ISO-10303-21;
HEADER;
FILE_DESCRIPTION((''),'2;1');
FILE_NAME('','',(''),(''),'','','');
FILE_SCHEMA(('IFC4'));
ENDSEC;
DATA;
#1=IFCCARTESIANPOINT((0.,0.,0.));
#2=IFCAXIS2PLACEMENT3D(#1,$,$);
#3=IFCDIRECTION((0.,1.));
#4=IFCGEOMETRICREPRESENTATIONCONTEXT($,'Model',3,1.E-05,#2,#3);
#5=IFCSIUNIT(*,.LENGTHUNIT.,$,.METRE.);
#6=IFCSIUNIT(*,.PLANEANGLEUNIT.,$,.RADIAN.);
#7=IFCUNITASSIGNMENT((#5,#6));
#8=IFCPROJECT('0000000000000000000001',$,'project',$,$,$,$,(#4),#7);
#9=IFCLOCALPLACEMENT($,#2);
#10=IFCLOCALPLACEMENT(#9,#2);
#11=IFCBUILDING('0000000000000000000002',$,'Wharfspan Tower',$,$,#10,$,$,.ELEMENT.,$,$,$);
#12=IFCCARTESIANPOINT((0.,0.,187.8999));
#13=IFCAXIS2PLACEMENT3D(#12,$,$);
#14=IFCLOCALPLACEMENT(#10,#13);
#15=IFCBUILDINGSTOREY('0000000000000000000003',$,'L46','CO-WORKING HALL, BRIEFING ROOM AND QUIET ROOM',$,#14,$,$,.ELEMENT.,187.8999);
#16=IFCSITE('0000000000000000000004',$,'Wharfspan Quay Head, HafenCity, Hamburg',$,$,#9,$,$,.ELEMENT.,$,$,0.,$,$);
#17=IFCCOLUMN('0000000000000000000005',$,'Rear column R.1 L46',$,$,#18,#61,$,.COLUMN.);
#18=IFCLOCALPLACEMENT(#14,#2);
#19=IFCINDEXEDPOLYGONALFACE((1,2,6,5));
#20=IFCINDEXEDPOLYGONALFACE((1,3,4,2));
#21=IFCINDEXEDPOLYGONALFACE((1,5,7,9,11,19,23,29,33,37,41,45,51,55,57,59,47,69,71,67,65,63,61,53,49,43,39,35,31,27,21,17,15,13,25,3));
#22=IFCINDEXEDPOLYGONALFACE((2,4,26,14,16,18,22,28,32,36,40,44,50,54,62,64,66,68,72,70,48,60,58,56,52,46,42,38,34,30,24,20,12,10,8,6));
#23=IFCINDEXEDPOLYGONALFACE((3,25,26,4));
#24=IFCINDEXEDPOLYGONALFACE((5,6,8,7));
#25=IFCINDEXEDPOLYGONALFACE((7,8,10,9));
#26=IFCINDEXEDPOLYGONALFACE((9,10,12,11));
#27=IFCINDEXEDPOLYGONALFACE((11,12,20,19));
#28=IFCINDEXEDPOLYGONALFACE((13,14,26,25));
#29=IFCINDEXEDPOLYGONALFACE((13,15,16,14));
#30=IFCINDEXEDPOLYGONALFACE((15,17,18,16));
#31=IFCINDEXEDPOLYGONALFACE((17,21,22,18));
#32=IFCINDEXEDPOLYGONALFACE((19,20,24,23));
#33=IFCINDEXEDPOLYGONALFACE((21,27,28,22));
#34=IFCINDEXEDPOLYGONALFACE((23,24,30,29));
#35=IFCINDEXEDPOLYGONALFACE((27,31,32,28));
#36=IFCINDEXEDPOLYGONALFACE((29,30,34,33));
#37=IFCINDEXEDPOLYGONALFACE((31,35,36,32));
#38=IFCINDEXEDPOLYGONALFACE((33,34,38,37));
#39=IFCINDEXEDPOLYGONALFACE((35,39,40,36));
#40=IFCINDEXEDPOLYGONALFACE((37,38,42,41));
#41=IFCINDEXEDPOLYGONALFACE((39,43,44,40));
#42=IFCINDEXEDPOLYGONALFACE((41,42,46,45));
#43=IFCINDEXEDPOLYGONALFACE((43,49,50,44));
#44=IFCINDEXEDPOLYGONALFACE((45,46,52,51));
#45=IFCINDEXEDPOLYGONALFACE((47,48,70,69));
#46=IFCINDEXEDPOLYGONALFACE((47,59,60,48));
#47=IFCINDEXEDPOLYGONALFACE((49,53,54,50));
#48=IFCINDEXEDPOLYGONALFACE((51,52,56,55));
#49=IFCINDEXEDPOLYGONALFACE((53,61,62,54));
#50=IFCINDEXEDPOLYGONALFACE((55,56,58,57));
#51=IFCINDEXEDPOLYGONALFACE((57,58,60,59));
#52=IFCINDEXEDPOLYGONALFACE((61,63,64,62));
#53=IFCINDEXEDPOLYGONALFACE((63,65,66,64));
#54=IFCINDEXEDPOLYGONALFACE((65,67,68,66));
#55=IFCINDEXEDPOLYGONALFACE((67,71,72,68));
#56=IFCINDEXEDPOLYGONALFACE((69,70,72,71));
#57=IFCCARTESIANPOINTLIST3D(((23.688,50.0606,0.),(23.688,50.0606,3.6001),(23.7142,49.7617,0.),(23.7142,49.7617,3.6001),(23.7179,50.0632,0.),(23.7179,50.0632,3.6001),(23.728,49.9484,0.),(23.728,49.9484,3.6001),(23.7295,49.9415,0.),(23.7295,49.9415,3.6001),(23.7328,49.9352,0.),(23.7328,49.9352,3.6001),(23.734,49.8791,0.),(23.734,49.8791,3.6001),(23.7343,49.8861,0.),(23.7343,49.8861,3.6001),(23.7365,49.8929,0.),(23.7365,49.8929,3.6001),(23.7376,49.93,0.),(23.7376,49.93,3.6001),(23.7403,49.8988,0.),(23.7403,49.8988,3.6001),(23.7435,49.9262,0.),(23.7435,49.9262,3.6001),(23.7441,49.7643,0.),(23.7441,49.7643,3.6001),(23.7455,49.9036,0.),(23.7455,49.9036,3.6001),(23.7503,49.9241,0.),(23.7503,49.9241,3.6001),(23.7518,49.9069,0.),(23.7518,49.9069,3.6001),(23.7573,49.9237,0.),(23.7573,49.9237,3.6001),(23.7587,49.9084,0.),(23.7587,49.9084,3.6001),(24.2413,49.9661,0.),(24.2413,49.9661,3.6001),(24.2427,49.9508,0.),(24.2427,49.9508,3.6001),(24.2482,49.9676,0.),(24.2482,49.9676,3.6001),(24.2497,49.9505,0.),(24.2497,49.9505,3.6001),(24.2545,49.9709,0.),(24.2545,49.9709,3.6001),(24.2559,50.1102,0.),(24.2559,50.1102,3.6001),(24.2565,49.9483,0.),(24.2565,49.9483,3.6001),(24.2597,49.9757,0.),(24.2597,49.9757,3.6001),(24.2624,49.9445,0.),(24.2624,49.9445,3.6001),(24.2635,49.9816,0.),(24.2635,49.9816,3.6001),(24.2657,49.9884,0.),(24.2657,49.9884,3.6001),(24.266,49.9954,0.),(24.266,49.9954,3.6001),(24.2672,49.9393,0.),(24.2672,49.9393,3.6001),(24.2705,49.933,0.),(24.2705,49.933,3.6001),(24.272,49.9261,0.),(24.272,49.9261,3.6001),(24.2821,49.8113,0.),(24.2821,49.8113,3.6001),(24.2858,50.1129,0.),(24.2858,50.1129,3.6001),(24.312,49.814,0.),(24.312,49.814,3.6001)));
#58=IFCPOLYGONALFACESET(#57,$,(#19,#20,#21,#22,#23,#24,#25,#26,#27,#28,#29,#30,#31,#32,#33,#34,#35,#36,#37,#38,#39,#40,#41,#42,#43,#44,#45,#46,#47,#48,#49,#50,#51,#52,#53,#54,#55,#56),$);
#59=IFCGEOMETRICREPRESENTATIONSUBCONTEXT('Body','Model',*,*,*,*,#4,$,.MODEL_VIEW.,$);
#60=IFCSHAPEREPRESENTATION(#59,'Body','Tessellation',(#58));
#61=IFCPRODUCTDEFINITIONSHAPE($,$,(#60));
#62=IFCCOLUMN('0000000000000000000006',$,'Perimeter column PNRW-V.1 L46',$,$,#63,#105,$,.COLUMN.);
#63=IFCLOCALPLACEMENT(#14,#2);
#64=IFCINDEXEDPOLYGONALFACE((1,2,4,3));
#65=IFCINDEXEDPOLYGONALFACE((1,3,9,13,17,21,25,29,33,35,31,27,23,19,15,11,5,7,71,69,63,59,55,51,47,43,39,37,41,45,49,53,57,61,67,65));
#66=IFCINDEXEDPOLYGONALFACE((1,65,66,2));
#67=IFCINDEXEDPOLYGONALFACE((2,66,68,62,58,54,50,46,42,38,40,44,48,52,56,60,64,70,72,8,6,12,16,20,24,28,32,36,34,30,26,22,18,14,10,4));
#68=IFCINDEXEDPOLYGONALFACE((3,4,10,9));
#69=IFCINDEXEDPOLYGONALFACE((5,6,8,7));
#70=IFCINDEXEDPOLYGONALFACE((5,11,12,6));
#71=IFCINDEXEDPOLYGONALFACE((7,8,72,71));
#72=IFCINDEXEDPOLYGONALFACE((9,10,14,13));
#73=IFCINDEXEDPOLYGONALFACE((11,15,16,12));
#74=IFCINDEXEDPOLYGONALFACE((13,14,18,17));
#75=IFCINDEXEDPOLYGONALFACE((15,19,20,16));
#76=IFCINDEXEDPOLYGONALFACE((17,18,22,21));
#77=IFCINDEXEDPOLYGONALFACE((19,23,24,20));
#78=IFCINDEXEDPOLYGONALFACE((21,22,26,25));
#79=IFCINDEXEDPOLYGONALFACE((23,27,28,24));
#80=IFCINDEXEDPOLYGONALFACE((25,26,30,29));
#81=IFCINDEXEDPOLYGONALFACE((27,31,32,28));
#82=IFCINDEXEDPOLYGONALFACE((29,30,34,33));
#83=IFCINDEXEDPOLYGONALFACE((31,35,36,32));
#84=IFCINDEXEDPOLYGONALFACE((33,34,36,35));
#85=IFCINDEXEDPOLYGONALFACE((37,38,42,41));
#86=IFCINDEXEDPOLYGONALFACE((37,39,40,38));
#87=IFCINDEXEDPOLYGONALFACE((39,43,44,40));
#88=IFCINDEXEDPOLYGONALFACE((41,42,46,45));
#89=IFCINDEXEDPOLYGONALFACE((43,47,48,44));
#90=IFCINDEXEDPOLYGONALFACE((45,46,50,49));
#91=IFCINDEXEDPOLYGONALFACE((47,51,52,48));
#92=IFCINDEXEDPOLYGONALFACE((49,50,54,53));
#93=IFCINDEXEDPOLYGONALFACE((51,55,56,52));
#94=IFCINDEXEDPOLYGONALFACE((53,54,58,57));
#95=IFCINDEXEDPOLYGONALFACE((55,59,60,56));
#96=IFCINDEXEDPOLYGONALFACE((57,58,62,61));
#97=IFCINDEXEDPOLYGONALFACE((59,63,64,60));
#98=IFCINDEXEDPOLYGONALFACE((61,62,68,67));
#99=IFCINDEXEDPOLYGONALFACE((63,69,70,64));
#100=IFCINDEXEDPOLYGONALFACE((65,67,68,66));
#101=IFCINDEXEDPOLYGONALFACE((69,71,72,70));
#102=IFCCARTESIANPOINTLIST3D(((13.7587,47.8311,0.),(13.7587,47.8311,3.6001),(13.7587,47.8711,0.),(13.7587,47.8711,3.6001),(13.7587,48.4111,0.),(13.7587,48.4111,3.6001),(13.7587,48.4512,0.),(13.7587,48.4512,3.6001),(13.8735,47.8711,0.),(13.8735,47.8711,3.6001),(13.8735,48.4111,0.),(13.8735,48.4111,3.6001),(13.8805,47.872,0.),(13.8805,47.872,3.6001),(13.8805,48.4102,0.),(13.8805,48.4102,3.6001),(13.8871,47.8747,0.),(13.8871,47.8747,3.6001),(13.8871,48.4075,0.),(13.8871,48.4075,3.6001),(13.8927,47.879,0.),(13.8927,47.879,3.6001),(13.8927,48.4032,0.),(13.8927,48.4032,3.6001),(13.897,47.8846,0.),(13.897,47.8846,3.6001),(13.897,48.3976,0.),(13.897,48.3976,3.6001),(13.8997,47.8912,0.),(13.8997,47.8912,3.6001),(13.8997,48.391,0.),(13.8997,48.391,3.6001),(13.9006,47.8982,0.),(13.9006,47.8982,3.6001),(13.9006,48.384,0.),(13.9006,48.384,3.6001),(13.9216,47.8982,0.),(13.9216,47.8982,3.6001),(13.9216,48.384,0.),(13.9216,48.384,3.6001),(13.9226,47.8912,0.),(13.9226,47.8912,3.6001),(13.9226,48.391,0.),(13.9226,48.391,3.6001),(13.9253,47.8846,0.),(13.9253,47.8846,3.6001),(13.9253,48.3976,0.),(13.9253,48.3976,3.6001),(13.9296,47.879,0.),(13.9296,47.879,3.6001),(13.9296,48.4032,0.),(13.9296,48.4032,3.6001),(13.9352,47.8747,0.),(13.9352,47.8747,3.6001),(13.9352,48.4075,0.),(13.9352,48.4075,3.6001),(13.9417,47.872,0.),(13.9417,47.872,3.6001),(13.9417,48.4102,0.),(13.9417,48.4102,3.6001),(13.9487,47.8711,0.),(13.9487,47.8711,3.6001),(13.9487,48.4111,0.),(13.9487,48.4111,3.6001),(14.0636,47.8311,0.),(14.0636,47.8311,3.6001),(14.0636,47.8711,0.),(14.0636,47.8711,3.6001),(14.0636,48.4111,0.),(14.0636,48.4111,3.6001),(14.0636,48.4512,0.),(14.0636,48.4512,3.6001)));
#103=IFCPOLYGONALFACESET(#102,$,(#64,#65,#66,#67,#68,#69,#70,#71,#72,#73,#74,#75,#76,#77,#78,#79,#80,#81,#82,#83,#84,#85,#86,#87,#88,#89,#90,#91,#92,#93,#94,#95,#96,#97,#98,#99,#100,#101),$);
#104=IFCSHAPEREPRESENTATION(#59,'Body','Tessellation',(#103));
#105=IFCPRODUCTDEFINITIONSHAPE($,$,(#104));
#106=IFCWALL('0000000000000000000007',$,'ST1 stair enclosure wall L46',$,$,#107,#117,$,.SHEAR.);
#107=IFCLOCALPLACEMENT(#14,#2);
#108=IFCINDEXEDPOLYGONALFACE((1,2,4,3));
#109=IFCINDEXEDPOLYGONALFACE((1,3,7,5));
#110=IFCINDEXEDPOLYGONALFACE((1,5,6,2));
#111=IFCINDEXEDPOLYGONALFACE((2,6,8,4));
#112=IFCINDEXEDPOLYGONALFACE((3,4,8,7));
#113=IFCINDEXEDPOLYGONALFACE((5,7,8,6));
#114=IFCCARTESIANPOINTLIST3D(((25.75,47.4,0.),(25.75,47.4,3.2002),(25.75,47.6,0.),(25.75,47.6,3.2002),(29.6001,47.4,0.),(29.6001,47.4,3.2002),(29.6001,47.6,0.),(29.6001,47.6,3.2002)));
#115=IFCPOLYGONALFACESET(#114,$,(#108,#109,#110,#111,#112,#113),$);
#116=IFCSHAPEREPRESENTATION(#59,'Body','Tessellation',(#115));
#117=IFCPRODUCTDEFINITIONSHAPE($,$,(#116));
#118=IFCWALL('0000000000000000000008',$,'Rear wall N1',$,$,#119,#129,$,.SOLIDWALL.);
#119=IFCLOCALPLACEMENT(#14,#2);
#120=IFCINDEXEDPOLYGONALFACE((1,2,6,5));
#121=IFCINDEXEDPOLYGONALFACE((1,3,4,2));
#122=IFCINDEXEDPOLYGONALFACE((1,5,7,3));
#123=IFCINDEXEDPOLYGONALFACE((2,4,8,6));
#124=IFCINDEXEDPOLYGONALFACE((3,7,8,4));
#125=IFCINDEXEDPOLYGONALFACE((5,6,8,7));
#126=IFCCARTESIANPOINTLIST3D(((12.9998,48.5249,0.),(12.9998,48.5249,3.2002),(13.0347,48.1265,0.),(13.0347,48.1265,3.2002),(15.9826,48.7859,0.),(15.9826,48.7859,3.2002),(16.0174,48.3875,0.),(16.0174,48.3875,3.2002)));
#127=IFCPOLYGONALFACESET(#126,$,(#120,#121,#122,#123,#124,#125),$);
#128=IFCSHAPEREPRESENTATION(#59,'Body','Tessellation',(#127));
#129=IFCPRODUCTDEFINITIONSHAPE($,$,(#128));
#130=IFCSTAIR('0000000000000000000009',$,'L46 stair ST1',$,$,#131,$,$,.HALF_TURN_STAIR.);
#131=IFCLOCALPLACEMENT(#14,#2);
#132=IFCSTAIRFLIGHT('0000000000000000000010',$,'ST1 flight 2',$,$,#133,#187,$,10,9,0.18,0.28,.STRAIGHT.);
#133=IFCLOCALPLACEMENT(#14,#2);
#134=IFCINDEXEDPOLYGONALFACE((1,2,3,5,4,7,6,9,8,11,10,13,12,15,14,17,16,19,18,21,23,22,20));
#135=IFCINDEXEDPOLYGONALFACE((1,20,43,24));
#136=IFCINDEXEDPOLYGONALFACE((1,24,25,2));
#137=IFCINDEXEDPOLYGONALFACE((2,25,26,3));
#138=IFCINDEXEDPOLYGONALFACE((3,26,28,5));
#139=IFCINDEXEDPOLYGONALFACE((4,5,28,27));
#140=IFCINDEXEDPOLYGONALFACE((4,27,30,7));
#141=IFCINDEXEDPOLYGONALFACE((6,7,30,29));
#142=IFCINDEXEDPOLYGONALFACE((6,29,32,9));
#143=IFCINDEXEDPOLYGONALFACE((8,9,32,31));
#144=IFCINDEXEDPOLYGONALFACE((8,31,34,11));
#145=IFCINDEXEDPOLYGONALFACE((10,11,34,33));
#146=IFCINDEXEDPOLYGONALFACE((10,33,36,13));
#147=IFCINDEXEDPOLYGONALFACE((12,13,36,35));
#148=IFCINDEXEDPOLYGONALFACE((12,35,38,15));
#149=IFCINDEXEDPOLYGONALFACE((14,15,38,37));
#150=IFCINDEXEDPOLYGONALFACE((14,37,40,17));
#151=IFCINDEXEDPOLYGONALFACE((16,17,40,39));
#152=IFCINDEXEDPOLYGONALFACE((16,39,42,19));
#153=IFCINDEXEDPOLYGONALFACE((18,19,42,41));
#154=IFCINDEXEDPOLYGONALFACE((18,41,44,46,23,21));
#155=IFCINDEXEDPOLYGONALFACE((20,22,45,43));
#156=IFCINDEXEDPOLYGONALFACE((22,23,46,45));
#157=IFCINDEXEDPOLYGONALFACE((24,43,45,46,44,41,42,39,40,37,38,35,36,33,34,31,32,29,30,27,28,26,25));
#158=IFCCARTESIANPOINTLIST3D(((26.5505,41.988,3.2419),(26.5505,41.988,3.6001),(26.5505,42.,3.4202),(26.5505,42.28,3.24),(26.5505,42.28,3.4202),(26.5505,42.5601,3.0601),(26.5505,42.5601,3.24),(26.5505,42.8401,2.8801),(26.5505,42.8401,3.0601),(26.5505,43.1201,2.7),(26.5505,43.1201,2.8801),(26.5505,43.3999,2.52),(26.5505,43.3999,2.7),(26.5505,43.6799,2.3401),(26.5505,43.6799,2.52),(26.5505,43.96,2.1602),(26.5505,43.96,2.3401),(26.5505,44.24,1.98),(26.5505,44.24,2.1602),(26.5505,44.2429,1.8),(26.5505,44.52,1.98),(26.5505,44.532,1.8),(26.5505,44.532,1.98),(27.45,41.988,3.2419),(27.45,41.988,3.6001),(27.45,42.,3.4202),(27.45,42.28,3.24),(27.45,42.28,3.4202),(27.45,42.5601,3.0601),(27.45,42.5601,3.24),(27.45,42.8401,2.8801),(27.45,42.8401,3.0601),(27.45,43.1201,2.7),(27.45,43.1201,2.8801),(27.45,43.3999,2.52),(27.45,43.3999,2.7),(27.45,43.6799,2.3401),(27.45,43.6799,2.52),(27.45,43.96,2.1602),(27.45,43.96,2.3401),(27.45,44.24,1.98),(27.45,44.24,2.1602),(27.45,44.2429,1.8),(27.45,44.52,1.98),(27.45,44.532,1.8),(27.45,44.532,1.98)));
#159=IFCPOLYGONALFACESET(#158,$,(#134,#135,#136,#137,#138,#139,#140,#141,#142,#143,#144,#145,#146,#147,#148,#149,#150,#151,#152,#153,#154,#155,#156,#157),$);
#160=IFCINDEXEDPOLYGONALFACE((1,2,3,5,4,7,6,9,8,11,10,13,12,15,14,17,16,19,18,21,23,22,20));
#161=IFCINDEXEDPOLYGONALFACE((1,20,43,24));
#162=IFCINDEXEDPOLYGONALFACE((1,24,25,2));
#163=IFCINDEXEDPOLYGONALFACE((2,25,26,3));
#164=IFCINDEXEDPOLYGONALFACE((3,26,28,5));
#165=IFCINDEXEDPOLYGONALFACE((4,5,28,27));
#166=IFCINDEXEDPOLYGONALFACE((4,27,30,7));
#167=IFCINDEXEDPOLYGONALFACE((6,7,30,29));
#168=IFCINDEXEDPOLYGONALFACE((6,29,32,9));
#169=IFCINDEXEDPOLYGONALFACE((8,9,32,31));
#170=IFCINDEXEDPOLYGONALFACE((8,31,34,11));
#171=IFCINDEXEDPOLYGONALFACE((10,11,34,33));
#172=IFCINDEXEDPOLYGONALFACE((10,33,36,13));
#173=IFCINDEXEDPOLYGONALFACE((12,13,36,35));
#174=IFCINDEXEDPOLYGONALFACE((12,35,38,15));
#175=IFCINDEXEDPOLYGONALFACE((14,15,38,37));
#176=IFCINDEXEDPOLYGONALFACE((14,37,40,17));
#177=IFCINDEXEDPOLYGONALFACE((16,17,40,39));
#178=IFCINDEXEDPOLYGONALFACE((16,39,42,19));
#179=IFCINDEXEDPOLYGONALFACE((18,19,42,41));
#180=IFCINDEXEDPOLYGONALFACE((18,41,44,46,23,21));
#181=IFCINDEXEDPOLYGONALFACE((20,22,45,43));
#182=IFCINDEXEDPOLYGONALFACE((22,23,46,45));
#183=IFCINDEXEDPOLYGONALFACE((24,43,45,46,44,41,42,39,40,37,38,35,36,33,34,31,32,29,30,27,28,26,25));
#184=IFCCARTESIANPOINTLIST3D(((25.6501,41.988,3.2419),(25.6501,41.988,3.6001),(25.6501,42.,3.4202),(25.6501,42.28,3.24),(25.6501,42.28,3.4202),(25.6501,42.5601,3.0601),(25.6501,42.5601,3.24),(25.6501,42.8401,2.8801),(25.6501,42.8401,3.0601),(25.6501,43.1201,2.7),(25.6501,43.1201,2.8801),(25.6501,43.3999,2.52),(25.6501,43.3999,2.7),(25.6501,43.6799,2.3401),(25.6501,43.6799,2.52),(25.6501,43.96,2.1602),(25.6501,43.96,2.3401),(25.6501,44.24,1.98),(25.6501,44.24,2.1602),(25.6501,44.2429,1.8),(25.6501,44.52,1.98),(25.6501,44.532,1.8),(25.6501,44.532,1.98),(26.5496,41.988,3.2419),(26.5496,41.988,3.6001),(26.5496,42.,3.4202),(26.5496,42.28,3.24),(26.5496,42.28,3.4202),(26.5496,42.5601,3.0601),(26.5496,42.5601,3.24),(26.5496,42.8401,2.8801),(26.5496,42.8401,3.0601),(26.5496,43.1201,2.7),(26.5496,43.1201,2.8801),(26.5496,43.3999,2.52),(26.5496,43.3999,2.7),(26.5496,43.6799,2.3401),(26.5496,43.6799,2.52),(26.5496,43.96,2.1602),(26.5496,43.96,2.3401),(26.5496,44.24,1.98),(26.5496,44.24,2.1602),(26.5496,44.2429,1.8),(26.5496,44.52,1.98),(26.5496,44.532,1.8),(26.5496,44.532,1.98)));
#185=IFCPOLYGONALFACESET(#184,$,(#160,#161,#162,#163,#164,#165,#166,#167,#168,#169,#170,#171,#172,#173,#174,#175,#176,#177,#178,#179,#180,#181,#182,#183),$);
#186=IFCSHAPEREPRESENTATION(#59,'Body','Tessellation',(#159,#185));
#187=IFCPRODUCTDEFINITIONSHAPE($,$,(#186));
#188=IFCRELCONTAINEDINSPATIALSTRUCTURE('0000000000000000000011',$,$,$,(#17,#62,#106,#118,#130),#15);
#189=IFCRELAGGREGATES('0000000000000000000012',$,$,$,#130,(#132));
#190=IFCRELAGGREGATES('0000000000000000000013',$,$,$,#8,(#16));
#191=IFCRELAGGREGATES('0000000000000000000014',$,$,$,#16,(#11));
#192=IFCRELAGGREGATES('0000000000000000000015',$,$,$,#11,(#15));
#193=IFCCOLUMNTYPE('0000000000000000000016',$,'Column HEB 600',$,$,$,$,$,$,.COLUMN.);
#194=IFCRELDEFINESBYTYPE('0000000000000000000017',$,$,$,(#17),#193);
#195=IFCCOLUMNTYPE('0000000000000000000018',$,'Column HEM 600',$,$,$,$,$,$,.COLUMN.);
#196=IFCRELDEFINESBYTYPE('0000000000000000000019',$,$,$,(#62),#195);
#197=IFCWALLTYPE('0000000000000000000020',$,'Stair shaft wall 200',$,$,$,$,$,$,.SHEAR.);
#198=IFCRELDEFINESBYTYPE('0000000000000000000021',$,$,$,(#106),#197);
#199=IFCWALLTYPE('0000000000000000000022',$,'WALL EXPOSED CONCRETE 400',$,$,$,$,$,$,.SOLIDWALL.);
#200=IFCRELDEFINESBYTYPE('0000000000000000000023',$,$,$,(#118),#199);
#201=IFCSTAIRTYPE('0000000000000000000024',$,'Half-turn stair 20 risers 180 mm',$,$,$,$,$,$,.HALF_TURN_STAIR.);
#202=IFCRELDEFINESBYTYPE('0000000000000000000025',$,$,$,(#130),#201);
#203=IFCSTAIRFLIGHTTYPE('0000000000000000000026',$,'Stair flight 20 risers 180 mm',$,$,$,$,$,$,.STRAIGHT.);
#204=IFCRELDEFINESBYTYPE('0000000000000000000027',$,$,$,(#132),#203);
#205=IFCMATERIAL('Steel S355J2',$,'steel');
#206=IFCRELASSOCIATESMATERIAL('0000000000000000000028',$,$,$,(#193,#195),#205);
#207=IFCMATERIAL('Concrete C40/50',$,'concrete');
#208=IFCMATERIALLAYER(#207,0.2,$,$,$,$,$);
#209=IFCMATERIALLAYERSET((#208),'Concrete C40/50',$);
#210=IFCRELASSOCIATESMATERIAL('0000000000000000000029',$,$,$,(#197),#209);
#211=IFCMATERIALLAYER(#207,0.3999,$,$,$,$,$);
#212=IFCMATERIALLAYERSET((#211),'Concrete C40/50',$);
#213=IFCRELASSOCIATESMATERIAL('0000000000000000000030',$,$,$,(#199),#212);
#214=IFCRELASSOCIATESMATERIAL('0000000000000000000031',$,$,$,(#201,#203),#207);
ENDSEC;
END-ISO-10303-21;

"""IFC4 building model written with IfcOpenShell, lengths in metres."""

from ifc_helpers import new_model, si_unit, direction, frame, frame_2d, origin, origin_2d, place, context, subcontext, project, spatial, polyline, rectangle, i_section, outline, extrude, material, layer, layer_set, material_profile, profile_set, type_object, element, aggregate, save


model = new_model("IFC4")

# Units and contexts
model_context = context("Model", 3, precision=1e-05, world=origin(), true_north=direction((0.0, 1.0)))
body_context = subcontext(model_context, "Body", "Model", "MODEL_VIEW")
ifc_project = project(units=[si_unit("LENGTHUNIT", "METRE"), si_unit("PLANEANGLEUNIT", "RADIAN")], contexts=[model_context])

# Site, building, storey
site_placement = place(None, origin())
site = spatial("IfcSite", under=ifc_project, at=site_placement, Name="Wharfspan Quay Head, HafenCity, Hamburg", CompositionType="ELEMENT", RefElevation=0.0)
building_placement = place(site_placement, origin())
building = spatial("IfcBuilding", under=site, at=building_placement, Name="Wharfspan Tower", CompositionType="ELEMENT")
storey_placement = place(building_placement, frame((0.0, 0.0, 187.8999)))
storey = spatial("IfcBuildingStorey", under=building, at=storey_placement, Name="L46", Description="CO-WORKING HALL, BRIEFING ROOM AND QUIET ROOM", CompositionType="ELEMENT", Elevation=187.8999)

# Columns
ifc_material_1 = material(Name="Steel S355J2", Category="steel")
ifc_material_profile_1 = material_profile(ifc_material_1, i_section(OverallWidth=0.3, OverallDepth=0.6001, WebThickness=0.0154, FlangeThickness=0.03, FilletRadius=0.0271, at=origin_2d()))
ifc_profile_set_1 = profile_set([ifc_material_profile_1], Name="Steel S355J2")
column_type_1 = type_object("IfcColumnType", Name="Column HEB 600", PredefinedType="COLUMN", material=ifc_profile_set_1)
column_1_placement = place(storey_placement, frame((24.0, 49.9373, 0.0), z_axis=(0.0, 0.0, 1.0), x_axis=(-0.087156, 0.996198, 0.0)))
element("IfcColumn", 1, at=column_1_placement, inside=storey, type_object=column_type_1, Name="Rear column R.1 L46", PredefinedType="COLUMN", context=body_context, shape_type="SweptSolid", body=[
    extrude(i_section(OverallWidth=0.3, OverallDepth=0.6001, WebThickness=0.0154, FlangeThickness=0.03, FilletRadius=0.0271, at=origin_2d()), origin(), (0.0, 0.0, 1.0), 3.6001),
])
ifc_material_profile_2 = material_profile(ifc_material_1, i_section(OverallWidth=0.3049, OverallDepth=0.6201, WebThickness=0.021, FlangeThickness=0.04, FilletRadius=0.0271, at=origin_2d()))
ifc_profile_set_2 = profile_set([ifc_material_profile_2], Name="Steel S355J2")
column_type_2 = type_object("IfcColumnType", Name="Column HEM 600", PredefinedType="COLUMN", material=ifc_profile_set_2)
column_2_placement = place(storey_placement, frame((13.9111, 48.1411, 0.0), z_axis=(0.0, 0.0, 1.0), x_axis=(-1.0, 0.0, 0.0)))
element("IfcColumn", 2, at=column_2_placement, inside=storey, type_object=column_type_2, Name="Perimeter column PNRW-V.1 L46", PredefinedType="COLUMN", context=body_context, shape_type="SweptSolid", body=[
    extrude(i_section(OverallWidth=0.3049, OverallDepth=0.6201, WebThickness=0.021, FlangeThickness=0.04, FilletRadius=0.0271, at=origin_2d()), origin(), (0.0, 0.0, 1.0), 3.6001),
])

# Walls
ifc_material_2 = material(Name="Concrete C40/50", Category="concrete")
ifc_layer_1 = layer(ifc_material_2, 0.2)
ifc_layer_set_1 = layer_set([ifc_layer_1], Name="Concrete C40/50")
wall_type_1 = type_object("IfcWallType", Name="Stair shaft wall 200", PredefinedType="SHEAR", material=ifc_layer_set_1)
wall_1_placement = place(storey_placement, frame((25.75, 47.5, 0.0), z_axis=(0.0, 0.0, 1.0), x_axis=(1.0, 0.0, 0.0)))
element("IfcWall", 3, at=wall_1_placement, inside=storey, type_object=wall_type_1, Name="ST1 stair enclosure wall L46", PredefinedType="SHEAR", context=body_context, shape_type="SweptSolid", body=[
    extrude(rectangle(XDim=3.8501, YDim=0.2, at=frame_2d((1.925, 0.0))), origin(), (0.0, 0.0, 1.0), 3.2002),
])
ifc_layer_2 = layer(ifc_material_2, 0.3999)
ifc_layer_set_2 = layer_set([ifc_layer_2], Name="Concrete C40/50")
wall_type_2 = type_object("IfcWallType", Name="WALL EXPOSED CONCRETE 400", PredefinedType="SOLIDWALL", material=ifc_layer_set_2)
wall_2_placement = place(storey_placement, frame((16.0, 48.5867, 0.0), z_axis=(0.0, 0.0, 1.0), x_axis=(-0.996194, -0.087168, 0.0)))
element("IfcWall", 4, at=wall_2_placement, inside=storey, type_object=wall_type_2, Name="Rear wall N1", PredefinedType="SOLIDWALL", context=body_context, shape_type="SweptSolid", body=[
    extrude(rectangle(XDim=2.9941, YDim=0.3999, at=frame_2d((1.4971, 0.0))), origin(), (0.0, 0.0, 1.0), 3.2002),
])

# Stair, stair flight
stair_type = type_object("IfcStairType", Name="Half-turn stair 20 risers 180 mm", PredefinedType="HALF_TURN_STAIR", material=ifc_material_2)
stair_placement = place(storey_placement, origin())
stair = element("IfcStair", 5, at=stair_placement, inside=storey, type_object=stair_type, Name="L46 stair ST1", PredefinedType="HALF_TURN_STAIR")
stair_flight_type = type_object("IfcStairFlightType", Name="Stair flight 20 risers 180 mm", PredefinedType="STRAIGHT", material=ifc_material_2)
stair_flight_placement = place(storey_placement, frame((26.55, 44.52, 1.8), z_axis=(0.0, 0.0, 1.0), x_axis=(0.0, -1.0, 0.0)))
stair_flight = element("IfcStairFlight", 6, at=stair_flight_placement, type_object=stair_flight_type, Name="ST1 flight 2", NumberOfRisers=10, NumberOfTreads=9, PredefinedType="STRAIGHT", RiserHeight=0.18, TreadLength=0.28, context=body_context, shape_type="SweptSolid", body=[
    extrude(outline(polyline([(-0.012, 0.0), (-0.012, 0.1799), (0.0, 0.1799), (0.28, 0.1799), (0.28, 0.3601), (0.5601, 0.3601), (0.5601, 0.54), (0.8401, 0.54), (0.8401, 0.72), (1.1201, 0.72), (1.1201, 0.8999), (1.3999, 0.8999), (1.3999, 1.0801), (1.6799, 1.0801), (1.6799, 1.26), (1.96, 1.26), (1.96, 1.4399), (2.24, 1.4399), (2.24, 1.6201), (2.52, 1.6201), (2.532, 1.8), (2.532, 1.4419), (0.2771, 0.0), (-0.012, 0.0)])), frame((0.0, 0.8999, 0.0), z_axis=(0.0, -1.0, 0.0), x_axis=(1.0, 0.0, 0.0)), (0.0, 0.0, 1.0), 0.8994),
    extrude(outline(polyline([(-0.012, 0.0), (-0.012, 0.1799), (0.0, 0.1799), (0.28, 0.1799), (0.28, 0.3601), (0.5601, 0.3601), (0.5601, 0.54), (0.8401, 0.54), (0.8401, 0.72), (1.1201, 0.72), (1.1201, 0.8999), (1.3999, 0.8999), (1.3999, 1.0801), (1.6799, 1.0801), (1.6799, 1.26), (1.96, 1.26), (1.96, 1.4399), (2.24, 1.4399), (2.24, 1.6201), (2.52, 1.6201), (2.532, 1.8), (2.532, 1.4419), (0.2771, 0.0), (-0.012, 0.0)])), frame((0.0, -0.0005, 0.0), z_axis=(0.0, -1.0, 0.0), x_axis=(1.0, 0.0, 0.0)), (0.0, 0.0, 1.0), 0.8994),
])
aggregate(stair, [stair_flight])

save(model, "model.ifc")
